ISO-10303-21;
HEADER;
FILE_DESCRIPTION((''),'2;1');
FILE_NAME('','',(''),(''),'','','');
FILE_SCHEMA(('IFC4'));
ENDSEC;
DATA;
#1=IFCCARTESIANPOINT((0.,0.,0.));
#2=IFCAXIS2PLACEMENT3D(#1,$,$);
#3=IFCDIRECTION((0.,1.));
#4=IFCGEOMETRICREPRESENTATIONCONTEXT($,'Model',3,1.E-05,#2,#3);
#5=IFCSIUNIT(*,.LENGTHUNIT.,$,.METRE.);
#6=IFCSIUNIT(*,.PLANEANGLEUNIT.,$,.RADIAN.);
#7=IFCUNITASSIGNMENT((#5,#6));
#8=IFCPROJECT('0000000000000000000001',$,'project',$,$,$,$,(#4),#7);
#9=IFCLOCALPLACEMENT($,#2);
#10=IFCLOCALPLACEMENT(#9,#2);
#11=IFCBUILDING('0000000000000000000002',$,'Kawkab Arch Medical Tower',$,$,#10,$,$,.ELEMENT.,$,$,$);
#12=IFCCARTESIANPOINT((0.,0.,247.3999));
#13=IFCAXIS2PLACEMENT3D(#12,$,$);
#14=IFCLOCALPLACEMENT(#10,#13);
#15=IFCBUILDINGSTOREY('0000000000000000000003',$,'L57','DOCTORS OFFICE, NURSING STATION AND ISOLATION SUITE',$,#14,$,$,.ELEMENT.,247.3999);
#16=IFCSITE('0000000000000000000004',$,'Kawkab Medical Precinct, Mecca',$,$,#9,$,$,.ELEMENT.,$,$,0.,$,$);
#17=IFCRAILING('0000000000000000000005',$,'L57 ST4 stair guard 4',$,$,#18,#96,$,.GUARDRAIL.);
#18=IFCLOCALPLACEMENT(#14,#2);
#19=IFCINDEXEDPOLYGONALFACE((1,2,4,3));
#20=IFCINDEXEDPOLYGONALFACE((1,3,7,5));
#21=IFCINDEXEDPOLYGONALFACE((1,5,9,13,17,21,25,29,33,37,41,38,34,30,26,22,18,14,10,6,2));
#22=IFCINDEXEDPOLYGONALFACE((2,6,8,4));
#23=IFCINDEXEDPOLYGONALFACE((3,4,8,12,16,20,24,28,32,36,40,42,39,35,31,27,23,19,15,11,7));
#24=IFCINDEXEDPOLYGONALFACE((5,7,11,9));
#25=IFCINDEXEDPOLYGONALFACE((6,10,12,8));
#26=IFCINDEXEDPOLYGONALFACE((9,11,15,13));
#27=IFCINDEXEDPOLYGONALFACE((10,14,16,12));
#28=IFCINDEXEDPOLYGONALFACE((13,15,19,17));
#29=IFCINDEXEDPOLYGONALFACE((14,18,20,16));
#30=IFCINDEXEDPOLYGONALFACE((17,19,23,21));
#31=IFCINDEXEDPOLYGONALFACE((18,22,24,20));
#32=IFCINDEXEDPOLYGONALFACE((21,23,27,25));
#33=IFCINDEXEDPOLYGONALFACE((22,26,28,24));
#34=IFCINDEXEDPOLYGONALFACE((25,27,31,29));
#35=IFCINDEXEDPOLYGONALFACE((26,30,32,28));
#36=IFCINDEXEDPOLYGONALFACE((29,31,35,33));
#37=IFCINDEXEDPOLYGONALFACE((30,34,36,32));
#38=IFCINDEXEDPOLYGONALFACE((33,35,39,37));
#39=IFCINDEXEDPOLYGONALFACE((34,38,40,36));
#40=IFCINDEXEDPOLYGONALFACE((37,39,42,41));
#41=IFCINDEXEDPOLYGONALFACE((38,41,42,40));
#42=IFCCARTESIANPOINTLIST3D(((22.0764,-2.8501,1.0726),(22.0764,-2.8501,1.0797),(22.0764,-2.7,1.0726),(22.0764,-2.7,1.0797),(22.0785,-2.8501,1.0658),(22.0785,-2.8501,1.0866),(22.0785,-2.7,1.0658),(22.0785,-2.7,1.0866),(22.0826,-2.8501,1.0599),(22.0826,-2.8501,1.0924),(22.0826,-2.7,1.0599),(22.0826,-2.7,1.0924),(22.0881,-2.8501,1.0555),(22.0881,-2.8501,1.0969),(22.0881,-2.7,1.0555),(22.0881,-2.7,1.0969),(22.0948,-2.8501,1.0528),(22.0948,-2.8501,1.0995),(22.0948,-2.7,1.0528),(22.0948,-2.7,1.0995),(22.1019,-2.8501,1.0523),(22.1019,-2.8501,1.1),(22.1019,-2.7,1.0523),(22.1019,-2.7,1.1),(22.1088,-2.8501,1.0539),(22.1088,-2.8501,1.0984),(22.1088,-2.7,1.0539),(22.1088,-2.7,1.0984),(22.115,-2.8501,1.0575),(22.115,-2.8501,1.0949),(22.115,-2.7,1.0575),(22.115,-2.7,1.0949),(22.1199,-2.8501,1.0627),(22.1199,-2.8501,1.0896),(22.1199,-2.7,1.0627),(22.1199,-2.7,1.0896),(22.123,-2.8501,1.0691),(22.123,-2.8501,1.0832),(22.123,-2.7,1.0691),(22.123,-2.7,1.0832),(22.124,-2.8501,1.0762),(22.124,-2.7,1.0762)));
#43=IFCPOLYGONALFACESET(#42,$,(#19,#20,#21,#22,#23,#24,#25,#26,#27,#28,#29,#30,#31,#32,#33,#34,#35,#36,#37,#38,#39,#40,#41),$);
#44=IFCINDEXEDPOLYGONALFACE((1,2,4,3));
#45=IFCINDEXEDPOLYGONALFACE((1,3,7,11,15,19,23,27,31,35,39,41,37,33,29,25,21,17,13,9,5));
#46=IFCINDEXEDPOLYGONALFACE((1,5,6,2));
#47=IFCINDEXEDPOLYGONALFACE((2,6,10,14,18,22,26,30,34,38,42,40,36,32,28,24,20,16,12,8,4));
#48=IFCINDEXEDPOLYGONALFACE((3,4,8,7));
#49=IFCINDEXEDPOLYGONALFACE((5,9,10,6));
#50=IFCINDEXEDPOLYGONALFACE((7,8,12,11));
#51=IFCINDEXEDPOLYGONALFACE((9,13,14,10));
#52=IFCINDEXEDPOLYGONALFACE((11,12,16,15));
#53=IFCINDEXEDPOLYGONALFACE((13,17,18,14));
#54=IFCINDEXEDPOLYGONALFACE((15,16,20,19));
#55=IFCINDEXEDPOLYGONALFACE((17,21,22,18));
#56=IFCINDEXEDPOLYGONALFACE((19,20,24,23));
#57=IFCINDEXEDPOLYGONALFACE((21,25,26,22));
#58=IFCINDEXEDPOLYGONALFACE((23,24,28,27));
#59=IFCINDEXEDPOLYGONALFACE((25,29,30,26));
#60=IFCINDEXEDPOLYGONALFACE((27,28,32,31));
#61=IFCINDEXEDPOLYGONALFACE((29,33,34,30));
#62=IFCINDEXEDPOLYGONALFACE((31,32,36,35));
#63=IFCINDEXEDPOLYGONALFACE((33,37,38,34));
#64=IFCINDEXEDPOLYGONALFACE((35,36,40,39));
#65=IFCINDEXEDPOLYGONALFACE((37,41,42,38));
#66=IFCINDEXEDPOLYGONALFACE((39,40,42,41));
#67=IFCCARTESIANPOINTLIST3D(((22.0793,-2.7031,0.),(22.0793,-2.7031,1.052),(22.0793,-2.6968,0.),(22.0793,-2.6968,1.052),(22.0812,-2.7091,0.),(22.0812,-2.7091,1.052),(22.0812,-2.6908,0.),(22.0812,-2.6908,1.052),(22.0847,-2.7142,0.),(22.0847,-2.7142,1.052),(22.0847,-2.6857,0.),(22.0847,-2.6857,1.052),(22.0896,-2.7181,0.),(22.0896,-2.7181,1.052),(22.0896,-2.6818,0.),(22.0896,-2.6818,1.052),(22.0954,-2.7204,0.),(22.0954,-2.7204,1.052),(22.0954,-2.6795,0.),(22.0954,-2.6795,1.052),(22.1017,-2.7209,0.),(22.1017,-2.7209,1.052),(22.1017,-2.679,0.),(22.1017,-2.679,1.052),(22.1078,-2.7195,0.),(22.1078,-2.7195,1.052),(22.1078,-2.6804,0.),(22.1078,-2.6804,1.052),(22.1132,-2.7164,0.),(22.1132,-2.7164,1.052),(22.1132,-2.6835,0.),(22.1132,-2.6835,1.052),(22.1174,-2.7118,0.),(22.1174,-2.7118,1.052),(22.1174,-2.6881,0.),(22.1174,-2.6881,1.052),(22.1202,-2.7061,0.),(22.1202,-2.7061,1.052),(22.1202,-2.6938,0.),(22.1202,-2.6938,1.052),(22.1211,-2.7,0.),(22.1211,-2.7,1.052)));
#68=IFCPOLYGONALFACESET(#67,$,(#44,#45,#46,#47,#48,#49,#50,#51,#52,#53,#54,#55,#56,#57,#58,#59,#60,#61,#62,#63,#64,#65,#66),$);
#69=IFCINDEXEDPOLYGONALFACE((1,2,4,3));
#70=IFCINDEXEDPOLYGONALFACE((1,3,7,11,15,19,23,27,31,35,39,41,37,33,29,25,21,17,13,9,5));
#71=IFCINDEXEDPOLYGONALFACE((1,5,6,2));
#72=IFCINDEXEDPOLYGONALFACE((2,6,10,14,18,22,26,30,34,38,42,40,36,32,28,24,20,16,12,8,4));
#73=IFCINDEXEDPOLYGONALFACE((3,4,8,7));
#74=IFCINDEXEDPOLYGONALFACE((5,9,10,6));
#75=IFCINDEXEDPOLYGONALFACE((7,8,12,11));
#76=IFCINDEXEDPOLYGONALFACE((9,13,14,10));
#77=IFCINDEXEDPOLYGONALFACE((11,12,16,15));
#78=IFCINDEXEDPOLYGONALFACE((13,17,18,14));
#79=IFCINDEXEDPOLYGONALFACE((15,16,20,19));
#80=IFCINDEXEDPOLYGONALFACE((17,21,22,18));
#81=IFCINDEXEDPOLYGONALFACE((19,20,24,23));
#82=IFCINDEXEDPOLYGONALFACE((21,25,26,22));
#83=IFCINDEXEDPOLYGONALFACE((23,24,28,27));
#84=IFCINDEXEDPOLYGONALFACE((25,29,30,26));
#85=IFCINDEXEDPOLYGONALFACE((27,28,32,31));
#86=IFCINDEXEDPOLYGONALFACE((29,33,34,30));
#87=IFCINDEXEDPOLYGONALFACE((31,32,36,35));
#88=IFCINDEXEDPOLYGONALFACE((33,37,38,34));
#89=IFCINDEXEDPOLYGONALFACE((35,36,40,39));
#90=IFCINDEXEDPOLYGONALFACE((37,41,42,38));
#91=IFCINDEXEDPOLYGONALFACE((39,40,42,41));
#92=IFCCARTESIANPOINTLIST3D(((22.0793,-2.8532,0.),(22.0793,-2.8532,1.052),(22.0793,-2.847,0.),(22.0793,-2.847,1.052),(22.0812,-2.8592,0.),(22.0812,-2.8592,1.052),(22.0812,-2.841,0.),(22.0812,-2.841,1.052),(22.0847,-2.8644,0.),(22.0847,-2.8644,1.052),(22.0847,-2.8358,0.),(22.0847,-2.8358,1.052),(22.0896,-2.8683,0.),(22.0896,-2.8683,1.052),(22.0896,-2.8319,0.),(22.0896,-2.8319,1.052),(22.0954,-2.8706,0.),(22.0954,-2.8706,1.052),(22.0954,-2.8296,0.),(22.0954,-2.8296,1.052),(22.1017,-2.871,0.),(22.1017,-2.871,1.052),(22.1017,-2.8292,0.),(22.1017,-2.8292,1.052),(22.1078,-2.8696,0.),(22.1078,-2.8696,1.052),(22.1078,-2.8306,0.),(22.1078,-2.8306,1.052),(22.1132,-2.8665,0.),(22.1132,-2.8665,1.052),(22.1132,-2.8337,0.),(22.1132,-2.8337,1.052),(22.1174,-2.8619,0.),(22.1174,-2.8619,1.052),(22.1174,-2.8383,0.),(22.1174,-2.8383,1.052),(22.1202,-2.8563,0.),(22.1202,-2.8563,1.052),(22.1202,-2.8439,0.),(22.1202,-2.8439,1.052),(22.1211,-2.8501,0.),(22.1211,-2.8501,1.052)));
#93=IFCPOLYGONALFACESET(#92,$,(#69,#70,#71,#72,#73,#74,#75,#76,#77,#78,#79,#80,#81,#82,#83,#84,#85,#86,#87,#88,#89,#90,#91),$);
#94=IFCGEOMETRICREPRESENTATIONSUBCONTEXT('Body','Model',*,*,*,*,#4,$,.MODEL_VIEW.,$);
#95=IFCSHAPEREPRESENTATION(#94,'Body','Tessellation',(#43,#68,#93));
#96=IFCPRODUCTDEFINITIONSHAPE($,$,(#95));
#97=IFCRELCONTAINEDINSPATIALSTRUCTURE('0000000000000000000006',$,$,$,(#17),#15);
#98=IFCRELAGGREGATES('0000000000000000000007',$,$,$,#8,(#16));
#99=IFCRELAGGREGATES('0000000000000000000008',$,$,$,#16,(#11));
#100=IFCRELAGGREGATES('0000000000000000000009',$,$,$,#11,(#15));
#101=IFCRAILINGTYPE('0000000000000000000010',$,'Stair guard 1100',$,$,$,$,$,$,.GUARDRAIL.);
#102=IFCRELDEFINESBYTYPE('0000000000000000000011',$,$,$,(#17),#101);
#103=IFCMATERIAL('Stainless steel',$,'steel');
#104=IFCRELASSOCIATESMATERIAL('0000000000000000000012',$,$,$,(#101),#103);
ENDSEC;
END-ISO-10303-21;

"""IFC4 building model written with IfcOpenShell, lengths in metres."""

from ifc_helpers import new_model, si_unit, direction, frame, origin, origin_2d, place, context, subcontext, project, spatial, circle, extrude, material, type_object, element, save


model = new_model("IFC4")

# Units and contexts
model_context = context("Model", 3, precision=1e-05, world=origin(), true_north=direction((0.0, 1.0)))
body_context = subcontext(model_context, "Body", "Model", "MODEL_VIEW")
ifc_project = project(units=[si_unit("LENGTHUNIT", "METRE"), si_unit("PLANEANGLEUNIT", "RADIAN")], contexts=[model_context])

# Site, building, storey
site_placement = place(None, origin())
site = spatial("IfcSite", under=ifc_project, at=site_placement, Name="Kawkab Medical Precinct, Mecca", CompositionType="ELEMENT", RefElevation=0.0)
building_placement = place(site_placement, origin())
building = spatial("IfcBuilding", under=site, at=building_placement, Name="Kawkab Arch Medical Tower", CompositionType="ELEMENT")
storey_placement = place(building_placement, frame((0.0, 0.0, 247.3999)))
storey = spatial("IfcBuildingStorey", under=building, at=storey_placement, Name="L57", Description="DOCTORS OFFICE, NURSING STATION AND ISOLATION SUITE", CompositionType="ELEMENT", Elevation=247.3999)

# Railing
ifc_material_1 = material(Name="Stainless steel", Category="steel")
railing_type = type_object("IfcRailingType", Name="Stair guard 1100", PredefinedType="GUARDRAIL", material=ifc_material_1)
railing_1_placement = place(storey_placement, frame((22.1001, -2.7, 0.0)))
element("IfcRailing", 1, at=railing_1_placement, inside=storey, type_object=railing_type, Name="L57 ST4 stair guard 4", PredefinedType="GUARDRAIL", context=body_context, shape_type="SweptSolid", body=[
    extrude(circle(Radius=0.0239, at=origin_2d()), frame((0.0, 0.0, 1.0762), z_axis=(0.0, -1.0, 0.0), x_axis=(1.0, 0.0, 0.0)), (0.0, 0.0, 1.0), 0.1501),
    extrude(circle(Radius=0.021, at=origin_2d()), origin(), (0.0, 0.0, 1.0), 1.052),
    extrude(circle(Radius=0.021, at=origin_2d()), frame((0.0, -0.1501, 0.0)), (0.0, 0.0, 1.0), 1.052),
])

save(model, "model.ifc")
